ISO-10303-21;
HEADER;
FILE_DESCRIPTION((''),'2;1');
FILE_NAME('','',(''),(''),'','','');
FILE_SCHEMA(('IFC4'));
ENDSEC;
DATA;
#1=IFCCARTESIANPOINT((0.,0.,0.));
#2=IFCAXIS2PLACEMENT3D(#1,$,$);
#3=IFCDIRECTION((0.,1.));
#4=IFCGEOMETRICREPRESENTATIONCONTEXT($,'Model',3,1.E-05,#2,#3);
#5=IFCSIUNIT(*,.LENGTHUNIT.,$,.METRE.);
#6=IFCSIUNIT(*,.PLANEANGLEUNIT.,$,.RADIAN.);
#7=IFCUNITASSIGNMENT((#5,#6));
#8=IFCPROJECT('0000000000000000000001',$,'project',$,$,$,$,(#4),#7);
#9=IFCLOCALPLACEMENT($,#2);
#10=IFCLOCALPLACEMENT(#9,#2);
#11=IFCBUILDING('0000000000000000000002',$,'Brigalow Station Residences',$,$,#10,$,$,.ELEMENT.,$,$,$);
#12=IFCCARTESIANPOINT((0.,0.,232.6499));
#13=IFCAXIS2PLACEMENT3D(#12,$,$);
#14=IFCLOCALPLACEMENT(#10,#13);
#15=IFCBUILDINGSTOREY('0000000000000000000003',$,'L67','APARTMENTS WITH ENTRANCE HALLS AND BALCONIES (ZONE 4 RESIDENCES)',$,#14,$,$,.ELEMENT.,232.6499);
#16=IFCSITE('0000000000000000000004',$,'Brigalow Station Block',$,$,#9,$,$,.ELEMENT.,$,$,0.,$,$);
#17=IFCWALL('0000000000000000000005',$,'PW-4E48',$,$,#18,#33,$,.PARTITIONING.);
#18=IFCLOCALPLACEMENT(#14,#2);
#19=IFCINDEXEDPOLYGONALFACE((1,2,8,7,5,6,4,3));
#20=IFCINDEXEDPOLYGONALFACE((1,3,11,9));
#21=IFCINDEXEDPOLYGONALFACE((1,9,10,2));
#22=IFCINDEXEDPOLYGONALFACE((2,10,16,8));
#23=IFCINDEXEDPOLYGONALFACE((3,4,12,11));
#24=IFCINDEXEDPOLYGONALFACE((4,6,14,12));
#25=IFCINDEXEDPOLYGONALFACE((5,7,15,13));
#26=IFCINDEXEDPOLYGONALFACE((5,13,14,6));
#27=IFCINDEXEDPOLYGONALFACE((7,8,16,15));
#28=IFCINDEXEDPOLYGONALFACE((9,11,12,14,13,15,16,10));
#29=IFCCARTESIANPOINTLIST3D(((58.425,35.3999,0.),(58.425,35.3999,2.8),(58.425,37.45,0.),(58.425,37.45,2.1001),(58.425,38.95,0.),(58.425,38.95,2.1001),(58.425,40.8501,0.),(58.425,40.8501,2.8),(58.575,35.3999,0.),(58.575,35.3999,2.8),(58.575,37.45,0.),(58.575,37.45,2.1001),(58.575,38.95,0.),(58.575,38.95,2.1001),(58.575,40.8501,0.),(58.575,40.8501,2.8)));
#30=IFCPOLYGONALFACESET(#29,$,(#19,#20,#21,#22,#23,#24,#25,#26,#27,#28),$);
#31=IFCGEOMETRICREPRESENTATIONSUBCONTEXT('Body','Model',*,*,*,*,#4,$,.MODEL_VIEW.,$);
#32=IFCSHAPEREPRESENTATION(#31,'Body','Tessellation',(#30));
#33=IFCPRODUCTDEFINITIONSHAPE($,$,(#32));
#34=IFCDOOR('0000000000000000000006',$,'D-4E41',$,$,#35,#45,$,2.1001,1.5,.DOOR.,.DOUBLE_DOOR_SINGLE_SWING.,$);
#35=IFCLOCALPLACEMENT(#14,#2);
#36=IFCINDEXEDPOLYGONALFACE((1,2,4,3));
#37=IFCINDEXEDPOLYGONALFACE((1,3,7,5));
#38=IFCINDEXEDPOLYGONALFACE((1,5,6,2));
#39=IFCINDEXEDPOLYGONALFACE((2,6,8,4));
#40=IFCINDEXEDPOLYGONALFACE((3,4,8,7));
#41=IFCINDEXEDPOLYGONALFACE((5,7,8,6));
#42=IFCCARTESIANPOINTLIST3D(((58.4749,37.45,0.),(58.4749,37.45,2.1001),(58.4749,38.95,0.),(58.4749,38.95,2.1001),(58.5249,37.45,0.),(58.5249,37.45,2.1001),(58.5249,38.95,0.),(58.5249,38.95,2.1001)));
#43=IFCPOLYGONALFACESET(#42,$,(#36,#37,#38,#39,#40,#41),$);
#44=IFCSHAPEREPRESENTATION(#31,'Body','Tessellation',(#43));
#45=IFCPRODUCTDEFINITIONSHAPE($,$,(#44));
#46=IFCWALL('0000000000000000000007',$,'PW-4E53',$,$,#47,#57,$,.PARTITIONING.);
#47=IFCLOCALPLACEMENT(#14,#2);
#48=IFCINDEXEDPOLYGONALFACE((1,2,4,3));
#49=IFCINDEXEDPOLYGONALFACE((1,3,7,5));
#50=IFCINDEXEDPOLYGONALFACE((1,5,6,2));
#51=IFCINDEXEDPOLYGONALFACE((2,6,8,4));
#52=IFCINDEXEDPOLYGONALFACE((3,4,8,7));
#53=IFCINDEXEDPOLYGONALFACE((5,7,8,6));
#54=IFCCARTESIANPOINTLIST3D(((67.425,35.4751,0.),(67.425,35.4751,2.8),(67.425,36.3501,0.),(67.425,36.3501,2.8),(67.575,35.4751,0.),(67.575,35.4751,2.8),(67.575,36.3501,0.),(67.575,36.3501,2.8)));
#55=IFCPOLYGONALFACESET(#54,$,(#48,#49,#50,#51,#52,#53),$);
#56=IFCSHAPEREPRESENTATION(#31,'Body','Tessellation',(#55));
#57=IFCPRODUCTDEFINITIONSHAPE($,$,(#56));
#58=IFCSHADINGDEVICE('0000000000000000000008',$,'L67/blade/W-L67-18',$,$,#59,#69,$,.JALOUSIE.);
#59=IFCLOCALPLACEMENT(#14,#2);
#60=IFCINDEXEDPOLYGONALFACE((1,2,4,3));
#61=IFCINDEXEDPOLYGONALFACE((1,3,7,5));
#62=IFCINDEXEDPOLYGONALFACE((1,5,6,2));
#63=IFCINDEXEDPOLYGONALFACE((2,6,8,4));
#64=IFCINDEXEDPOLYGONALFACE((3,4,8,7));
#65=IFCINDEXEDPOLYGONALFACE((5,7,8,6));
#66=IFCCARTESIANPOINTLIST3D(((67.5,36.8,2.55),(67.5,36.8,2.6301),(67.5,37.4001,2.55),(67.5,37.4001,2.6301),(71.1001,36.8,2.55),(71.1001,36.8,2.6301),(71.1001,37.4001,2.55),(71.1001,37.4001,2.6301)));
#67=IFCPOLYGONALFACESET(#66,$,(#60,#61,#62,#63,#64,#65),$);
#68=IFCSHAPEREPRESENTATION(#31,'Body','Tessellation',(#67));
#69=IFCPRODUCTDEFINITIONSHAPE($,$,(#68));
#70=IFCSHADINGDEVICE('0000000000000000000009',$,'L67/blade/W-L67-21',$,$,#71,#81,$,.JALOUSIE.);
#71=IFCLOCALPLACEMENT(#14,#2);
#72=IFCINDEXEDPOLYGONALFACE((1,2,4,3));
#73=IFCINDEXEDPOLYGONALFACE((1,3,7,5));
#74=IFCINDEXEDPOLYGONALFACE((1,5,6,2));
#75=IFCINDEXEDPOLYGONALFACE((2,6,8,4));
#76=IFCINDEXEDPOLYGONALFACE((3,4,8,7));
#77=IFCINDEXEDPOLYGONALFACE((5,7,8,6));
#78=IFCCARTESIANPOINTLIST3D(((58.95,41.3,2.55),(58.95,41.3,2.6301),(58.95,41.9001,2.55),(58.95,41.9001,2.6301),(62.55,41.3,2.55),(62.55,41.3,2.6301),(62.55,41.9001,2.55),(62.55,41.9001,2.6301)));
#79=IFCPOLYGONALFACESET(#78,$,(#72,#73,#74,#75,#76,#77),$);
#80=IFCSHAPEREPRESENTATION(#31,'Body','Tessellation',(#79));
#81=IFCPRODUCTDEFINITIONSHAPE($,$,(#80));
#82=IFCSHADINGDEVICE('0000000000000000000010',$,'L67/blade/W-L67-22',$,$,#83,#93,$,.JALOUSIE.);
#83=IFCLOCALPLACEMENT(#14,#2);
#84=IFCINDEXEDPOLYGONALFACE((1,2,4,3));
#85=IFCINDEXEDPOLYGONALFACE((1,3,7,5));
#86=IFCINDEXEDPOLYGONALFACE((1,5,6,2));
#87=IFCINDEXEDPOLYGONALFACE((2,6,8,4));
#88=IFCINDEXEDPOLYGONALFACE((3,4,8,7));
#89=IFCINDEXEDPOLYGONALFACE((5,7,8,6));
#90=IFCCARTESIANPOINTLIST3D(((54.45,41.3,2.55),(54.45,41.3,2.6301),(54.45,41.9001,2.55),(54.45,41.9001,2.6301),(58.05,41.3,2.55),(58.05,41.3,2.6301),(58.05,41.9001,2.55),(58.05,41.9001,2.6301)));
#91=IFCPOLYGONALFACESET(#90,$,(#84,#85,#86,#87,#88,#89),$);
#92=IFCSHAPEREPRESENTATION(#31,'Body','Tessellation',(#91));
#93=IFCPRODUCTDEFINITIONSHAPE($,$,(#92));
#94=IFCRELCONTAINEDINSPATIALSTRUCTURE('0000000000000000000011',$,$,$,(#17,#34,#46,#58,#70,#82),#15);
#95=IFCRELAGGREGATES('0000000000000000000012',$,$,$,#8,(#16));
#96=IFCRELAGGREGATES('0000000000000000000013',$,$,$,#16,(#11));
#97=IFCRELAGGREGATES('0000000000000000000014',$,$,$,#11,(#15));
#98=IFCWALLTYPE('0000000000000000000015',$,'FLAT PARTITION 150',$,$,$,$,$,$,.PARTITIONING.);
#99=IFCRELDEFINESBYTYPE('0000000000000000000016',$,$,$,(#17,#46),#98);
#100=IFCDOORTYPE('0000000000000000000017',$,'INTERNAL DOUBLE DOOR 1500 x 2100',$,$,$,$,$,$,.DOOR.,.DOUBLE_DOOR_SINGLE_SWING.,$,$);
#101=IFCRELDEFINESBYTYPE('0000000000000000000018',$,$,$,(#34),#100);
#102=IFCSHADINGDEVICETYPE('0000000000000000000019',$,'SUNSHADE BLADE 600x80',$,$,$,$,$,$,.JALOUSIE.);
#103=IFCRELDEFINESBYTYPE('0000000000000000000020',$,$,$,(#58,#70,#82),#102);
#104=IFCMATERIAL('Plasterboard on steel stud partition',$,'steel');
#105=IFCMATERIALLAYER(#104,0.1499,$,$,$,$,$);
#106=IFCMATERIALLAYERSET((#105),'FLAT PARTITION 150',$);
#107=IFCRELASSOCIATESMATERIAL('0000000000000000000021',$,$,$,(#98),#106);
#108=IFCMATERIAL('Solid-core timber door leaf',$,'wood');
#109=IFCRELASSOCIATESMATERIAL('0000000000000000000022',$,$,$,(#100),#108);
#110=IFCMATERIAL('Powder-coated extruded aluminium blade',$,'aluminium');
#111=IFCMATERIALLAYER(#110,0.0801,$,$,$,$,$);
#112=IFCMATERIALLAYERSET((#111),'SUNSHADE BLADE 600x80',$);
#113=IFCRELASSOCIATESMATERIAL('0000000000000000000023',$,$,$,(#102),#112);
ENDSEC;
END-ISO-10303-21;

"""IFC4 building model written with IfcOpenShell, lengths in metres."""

from ifc_helpers import new_model, si_unit, direction, frame, frame_2d, origin, origin_2d, place, context, subcontext, project, spatial, rectangle, extrude, material, layer, layer_set, type_object, element, fill, save


model = new_model("IFC4")

# Units and contexts
model_context = context("Model", 3, precision=1e-05, world=origin(), true_north=direction((0.0, 1.0)))
body_context = subcontext(model_context, "Body", "Model", "MODEL_VIEW")
ifc_project = project(units=[si_unit("LENGTHUNIT", "METRE"), si_unit("PLANEANGLEUNIT", "RADIAN")], contexts=[model_context])

# Site, building, storey
site_placement = place(None, origin())
site = spatial("IfcSite", under=ifc_project, at=site_placement, Name="Brigalow Station Block", CompositionType="ELEMENT", RefElevation=0.0)
building_placement = place(site_placement, origin())
building = spatial("IfcBuilding", under=site, at=building_placement, Name="Brigalow Station Residences", CompositionType="ELEMENT")
storey_placement = place(building_placement, frame((0.0, 0.0, 232.6499)))
storey = spatial("IfcBuildingStorey", under=building, at=storey_placement, Name="L67", Description="APARTMENTS WITH ENTRANCE HALLS AND BALCONIES (ZONE 4 RESIDENCES)", CompositionType="ELEMENT", Elevation=232.6499)

# Wall, opening, door
ifc_material_1 = material(Name="Plasterboard on steel stud partition", Category="steel")
ifc_layer_1 = layer(ifc_material_1, 0.1499)
ifc_layer_set_1 = layer_set([ifc_layer_1], Name="FLAT PARTITION 150")
wall_type_1 = type_object("IfcWallType", Name="FLAT PARTITION 150", PredefinedType="PARTITIONING", material=ifc_layer_set_1)
ifc_material_2 = material(Name="Solid-core timber door leaf", Category="wood")
door_type_1 = type_object("IfcDoorType", Name="INTERNAL DOUBLE DOOR 1500 x 2100", OperationType="DOUBLE_DOOR_SINGLE_SWING", PredefinedType="DOOR", material=ifc_material_2)
wall_1_placement = place(storey_placement, frame((58.5, 35.3999, 0.0), z_axis=(0.0, 0.0, 1.0), x_axis=(0.0, 1.0, 0.0)))
wall_1 = element("IfcWall", 1, at=wall_1_placement, inside=storey, type_object=wall_type_1, Name="PW-4E48", PredefinedType="PARTITIONING", context=body_context, shape_type="SweptSolid", body=[
    extrude(rectangle(XDim=5.4502, YDim=0.1499, at=frame_2d((2.7251, 0.0))), origin(), (0.0, 0.0, 1.0), 2.8),
])
opening_1_placement = place(wall_1_placement, frame((2.05, 0.0, 0.0)))
opening_1 = element("IfcOpeningElement", 2, at=opening_1_placement, cuts=wall_1, PredefinedType="OPENING", context=body_context, shape_type="SweptSolid", body=[
    extrude(rectangle(XDim=1.5, YDim=2.1001, at=frame_2d((0.75, 1.05))), frame((0.0, 0.085, 0.0), z_axis=(0.0, -1.0, 0.0), x_axis=(1.0, 0.0, 0.0)), (0.0, 0.0, 1.0), 0.1699),
])
door_1_placement = place(opening_1_placement, frame((1.5, 0.0, 0.0), z_axis=(0.0, 0.0, 1.0), x_axis=(-1.0, 0.0, 0.0)))
door_1 = element("IfcDoor", 3, at=door_1_placement, inside=storey, type_object=door_type_1, Name="D-4E41", OperationType="DOUBLE_DOOR_SINGLE_SWING", OverallHeight=2.1001, OverallWidth=1.5, PredefinedType="DOOR", context=body_context, shape_type="SweptSolid", body=[
    extrude(rectangle(XDim=1.5, YDim=2.1001, at=frame_2d((0.75, 1.05))), frame((0.0, 0.0249, 0.0), z_axis=(0.0, -1.0, 0.0), x_axis=(1.0, 0.0, 0.0)), (0.0, 0.0, 1.0), 0.05),
])
fill(opening_1, door_1)

# Wall
wall_2_placement = place(storey_placement, frame((67.5, 35.4751, 0.0), z_axis=(0.0, 0.0, 1.0), x_axis=(0.0, 1.0, 0.0)))
element("IfcWall", 4, at=wall_2_placement, inside=storey, type_object=wall_type_1, Name="PW-4E53", PredefinedType="PARTITIONING", context=body_context, shape_type="SweptSolid", body=[
    extrude(rectangle(XDim=0.875, YDim=0.1499, at=frame_2d((0.4375, 0.0))), origin(), (0.0, 0.0, 1.0), 2.8),
])

# Shading devices
ifc_material_3 = material(Name="Powder-coated extruded aluminium blade", Category="aluminium")
ifc_layer_2 = layer(ifc_material_3, 0.0801)
ifc_layer_set_2 = layer_set([ifc_layer_2], Name="SUNSHADE BLADE 600x80")
shading_device_type = type_object("IfcShadingDeviceType", Name="SUNSHADE BLADE 600x80", PredefinedType="JALOUSIE", material=ifc_layer_set_2)
for number, where, z_axis, x_axis, name in (
    (5, (69.3, 37.1001, 2.55), (0.0, 0.0, 1.0), (-1.0, 0.0, 0.0), "L67/blade/W-L67-18"),
    (6, (60.75, 41.6001, 2.55), (0.0, 0.0, 1.0), (-1.0, 0.0, 0.0), "L67/blade/W-L67-21"),
    (7, (56.25, 41.6001, 2.55), (0.0, 0.0, 1.0), (-1.0, 0.0, 0.0), "L67/blade/W-L67-22"),
):
    element("IfcShadingDevice", number, at=place(storey_placement, frame(where, z_axis=z_axis, x_axis=x_axis)), inside=storey, type_object=shading_device_type, Name=name, PredefinedType="JALOUSIE", context=body_context, shape_type="SweptSolid", body=[
        extrude(rectangle(XDim=3.6001, YDim=0.6001, at=origin_2d()), origin(), (0.0, 0.0, 1.0), 0.0801),
    ])

save(model, "model.ifc")
